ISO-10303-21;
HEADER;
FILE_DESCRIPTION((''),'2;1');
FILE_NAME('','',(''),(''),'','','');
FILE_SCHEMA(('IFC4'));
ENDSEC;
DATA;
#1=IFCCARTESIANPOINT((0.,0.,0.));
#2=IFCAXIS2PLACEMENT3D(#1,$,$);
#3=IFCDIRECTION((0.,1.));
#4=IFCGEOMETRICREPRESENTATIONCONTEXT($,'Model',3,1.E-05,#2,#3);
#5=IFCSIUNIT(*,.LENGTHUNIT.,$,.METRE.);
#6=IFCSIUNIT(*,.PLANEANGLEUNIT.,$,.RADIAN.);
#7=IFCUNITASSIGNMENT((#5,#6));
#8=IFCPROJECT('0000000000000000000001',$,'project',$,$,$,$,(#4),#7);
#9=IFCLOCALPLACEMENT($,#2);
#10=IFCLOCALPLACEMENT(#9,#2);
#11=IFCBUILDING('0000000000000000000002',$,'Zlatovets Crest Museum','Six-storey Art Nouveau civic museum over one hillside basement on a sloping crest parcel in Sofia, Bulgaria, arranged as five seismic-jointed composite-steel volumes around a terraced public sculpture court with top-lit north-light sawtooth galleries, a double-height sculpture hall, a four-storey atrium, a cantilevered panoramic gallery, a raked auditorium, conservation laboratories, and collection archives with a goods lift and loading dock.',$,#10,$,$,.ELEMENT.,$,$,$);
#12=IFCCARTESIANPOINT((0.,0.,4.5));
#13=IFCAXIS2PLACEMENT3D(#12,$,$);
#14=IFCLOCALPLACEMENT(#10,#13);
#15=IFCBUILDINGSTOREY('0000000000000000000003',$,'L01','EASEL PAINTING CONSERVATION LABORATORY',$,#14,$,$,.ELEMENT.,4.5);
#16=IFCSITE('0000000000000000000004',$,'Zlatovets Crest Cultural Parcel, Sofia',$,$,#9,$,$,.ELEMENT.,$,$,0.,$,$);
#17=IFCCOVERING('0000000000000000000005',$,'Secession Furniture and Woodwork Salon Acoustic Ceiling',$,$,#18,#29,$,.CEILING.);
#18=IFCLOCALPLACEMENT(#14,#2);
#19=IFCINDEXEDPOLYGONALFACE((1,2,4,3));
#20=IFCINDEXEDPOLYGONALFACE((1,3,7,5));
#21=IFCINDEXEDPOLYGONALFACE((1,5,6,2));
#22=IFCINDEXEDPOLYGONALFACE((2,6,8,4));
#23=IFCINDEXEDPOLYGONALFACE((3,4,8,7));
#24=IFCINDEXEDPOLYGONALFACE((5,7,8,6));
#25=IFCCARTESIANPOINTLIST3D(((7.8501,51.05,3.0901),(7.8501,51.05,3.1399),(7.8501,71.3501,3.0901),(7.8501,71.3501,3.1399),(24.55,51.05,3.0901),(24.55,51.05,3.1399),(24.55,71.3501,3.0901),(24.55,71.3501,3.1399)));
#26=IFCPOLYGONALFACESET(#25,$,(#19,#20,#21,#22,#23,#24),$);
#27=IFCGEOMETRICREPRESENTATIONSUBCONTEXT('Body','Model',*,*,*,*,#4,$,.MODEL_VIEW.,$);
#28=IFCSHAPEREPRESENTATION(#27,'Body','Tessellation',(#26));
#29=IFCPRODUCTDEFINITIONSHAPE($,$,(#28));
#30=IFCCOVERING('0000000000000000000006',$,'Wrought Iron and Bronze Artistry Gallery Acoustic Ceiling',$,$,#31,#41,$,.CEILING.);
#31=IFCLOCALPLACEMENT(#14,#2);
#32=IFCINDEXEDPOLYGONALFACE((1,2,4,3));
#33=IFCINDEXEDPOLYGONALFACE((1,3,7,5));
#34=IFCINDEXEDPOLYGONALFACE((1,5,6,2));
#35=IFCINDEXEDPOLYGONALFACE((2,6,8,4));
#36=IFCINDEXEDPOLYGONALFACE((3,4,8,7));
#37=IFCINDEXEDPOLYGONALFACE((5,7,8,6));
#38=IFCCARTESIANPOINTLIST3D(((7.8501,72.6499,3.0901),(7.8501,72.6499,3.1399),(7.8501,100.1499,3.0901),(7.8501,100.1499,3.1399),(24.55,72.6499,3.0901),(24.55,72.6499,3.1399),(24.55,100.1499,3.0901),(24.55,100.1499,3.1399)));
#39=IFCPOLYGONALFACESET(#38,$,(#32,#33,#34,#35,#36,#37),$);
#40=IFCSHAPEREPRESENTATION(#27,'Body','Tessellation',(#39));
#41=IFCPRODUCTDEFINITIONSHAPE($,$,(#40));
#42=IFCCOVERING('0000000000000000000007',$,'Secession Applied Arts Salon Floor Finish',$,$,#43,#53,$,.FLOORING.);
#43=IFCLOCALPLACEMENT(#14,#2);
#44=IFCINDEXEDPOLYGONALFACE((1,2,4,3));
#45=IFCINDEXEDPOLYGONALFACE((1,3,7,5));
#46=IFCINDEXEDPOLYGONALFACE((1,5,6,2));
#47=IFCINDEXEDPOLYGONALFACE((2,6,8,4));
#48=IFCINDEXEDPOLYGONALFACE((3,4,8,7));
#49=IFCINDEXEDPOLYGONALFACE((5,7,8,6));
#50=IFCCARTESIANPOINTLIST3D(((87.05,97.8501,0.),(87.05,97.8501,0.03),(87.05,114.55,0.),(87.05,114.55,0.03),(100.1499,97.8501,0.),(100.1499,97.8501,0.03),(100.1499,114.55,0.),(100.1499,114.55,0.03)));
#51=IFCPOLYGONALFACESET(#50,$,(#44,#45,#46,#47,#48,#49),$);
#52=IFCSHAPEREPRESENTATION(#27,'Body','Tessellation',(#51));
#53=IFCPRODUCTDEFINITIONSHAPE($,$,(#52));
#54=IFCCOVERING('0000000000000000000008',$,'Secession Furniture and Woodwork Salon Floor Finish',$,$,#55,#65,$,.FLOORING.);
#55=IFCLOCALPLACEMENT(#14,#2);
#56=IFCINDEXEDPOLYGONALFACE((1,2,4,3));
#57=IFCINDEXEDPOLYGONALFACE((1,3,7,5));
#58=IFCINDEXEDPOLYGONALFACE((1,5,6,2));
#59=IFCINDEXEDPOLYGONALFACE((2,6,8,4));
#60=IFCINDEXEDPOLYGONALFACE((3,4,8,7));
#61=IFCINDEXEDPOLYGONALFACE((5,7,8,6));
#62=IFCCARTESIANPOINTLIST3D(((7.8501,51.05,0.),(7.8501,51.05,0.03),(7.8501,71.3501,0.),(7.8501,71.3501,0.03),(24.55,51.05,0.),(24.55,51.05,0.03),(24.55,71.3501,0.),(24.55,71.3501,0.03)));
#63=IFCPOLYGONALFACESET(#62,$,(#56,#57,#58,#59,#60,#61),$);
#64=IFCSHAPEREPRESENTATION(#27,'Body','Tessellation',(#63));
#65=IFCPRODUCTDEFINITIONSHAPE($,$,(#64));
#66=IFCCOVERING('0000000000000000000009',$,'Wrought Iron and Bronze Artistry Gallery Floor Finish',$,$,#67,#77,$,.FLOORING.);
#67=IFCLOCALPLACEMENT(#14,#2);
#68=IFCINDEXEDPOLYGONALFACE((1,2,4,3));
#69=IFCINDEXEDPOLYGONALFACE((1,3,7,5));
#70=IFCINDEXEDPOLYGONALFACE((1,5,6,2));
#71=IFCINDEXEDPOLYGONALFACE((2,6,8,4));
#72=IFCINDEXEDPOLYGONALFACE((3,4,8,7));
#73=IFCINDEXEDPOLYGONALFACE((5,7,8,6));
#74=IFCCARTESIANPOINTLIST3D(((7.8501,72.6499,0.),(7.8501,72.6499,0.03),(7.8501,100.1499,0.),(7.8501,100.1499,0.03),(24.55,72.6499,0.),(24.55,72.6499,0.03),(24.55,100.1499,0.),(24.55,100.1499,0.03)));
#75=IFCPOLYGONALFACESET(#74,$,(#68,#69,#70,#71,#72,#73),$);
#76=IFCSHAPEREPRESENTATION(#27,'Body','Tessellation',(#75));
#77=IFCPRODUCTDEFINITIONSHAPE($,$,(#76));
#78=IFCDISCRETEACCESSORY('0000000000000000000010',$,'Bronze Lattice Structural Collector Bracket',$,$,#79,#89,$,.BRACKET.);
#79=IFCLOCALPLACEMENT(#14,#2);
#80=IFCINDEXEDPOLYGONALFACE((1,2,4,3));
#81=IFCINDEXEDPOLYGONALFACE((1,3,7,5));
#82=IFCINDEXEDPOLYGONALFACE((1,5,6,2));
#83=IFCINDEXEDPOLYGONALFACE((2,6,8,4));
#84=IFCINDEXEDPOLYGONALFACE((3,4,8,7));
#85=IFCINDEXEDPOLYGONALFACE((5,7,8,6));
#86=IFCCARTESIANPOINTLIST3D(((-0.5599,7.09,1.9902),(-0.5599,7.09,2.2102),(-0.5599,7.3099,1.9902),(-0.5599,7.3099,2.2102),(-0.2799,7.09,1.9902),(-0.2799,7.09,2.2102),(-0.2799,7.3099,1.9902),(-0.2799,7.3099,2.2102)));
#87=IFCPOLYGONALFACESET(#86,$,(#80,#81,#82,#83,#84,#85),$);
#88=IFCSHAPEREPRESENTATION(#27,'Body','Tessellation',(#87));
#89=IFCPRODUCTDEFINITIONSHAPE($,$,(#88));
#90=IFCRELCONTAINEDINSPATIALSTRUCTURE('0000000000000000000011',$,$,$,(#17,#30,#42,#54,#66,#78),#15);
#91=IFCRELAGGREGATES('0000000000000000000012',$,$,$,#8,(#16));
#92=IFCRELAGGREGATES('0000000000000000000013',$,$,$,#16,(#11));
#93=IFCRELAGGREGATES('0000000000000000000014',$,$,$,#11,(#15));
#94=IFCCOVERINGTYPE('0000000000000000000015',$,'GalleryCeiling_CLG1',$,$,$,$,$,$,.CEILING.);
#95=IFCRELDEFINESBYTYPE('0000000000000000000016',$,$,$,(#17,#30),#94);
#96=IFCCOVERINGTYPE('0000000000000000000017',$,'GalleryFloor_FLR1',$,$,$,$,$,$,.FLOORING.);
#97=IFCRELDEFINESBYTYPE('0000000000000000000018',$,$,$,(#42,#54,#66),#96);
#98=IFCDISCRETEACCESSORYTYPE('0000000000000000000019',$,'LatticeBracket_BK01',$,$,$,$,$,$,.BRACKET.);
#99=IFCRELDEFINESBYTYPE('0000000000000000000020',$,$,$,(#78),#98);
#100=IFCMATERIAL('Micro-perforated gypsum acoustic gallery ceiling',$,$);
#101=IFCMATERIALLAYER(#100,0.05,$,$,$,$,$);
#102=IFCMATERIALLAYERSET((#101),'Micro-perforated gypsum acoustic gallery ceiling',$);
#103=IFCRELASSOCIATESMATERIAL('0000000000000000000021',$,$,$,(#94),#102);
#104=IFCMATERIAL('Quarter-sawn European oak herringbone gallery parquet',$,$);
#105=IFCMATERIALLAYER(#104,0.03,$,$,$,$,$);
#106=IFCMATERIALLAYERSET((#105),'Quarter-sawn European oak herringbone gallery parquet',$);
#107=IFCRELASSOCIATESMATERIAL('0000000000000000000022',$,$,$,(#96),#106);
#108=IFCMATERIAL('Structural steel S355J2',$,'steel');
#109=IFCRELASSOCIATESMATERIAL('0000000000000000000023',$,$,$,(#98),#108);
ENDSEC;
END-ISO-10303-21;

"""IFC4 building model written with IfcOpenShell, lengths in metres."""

from ifc_helpers import new_model, si_unit, direction, frame, origin, origin_2d, place, context, subcontext, project, spatial, polyline, rectangle, outline, extrude, material, layer, layer_set, type_object, element, save


model = new_model("IFC4")

# Units and contexts
model_context = context("Model", 3, precision=1e-05, world=origin(), true_north=direction((0.0, 1.0)))
body_context = subcontext(model_context, "Body", "Model", "MODEL_VIEW")
ifc_project = project(units=[si_unit("LENGTHUNIT", "METRE"), si_unit("PLANEANGLEUNIT", "RADIAN")], contexts=[model_context])

# Site, building, storey
site_placement = place(None, origin())
site = spatial("IfcSite", under=ifc_project, at=site_placement, Name="Zlatovets Crest Cultural Parcel, Sofia", CompositionType="ELEMENT", RefElevation=0.0)
building_placement = place(site_placement, origin())
building = spatial("IfcBuilding", under=site, at=building_placement, Name="Zlatovets Crest Museum", Description="Six-storey Art Nouveau civic museum over one hillside basement on a sloping crest parcel in Sofia, Bulgaria, arranged as five seismic-jointed composite-steel volumes around a terraced public sculpture court with top-lit north-light sawtooth galleries, a double-height sculpture hall, a four-storey atrium, a cantilevered panoramic gallery, a raked auditorium, conservation laboratories, and collection archives with a goods lift and loading dock.", CompositionType="ELEMENT")
storey_placement = place(building_placement, frame((0.0, 0.0, 4.5)))
storey = spatial("IfcBuildingStorey", under=building, at=storey_placement, Name="L01", Description="EASEL PAINTING CONSERVATION LABORATORY", CompositionType="ELEMENT", Elevation=4.5)

# Shared definitions
ifc_material_1 = material(Name="Structural steel S355J2", Category="steel")

# Coverings
ifc_material_2 = material(Name="Micro-perforated gypsum acoustic gallery ceiling")
ifc_layer_1 = layer(ifc_material_2, 0.05)
ifc_layer_set_1 = layer_set([ifc_layer_1], Name="Micro-perforated gypsum acoustic gallery ceiling")
covering_type_1 = type_object("IfcCoveringType", Name="GalleryCeiling_CLG1", PredefinedType="CEILING", material=ifc_layer_set_1)
covering_1_placement = place(storey_placement, frame((0.0, 0.0, 3.0901)))
element("IfcCovering", 1, at=covering_1_placement, inside=storey, type_object=covering_type_1, Name="Secession Furniture and Woodwork Salon Acoustic Ceiling", PredefinedType="CEILING", context=body_context, shape_type="SweptSolid", body=[
    extrude(outline(polyline([(7.8501, 51.05), (24.55, 51.05), (24.55, 71.3501), (7.8501, 71.3501), (7.8501, 51.05)])), origin(), (0.0, 0.0, 1.0), 0.0498),
])
covering_2_placement = place(storey_placement, frame((0.0, 0.0, 3.0901)))
element("IfcCovering", 2, at=covering_2_placement, inside=storey, type_object=covering_type_1, Name="Wrought Iron and Bronze Artistry Gallery Acoustic Ceiling", PredefinedType="CEILING", context=body_context, shape_type="SweptSolid", body=[
    extrude(outline(polyline([(7.8501, 72.6499), (24.55, 72.6499), (24.55, 100.1499), (7.8501, 100.1499), (7.8501, 72.6499)])), origin(), (0.0, 0.0, 1.0), 0.0498),
])
ifc_material_3 = material(Name="Quarter-sawn European oak herringbone gallery parquet")
ifc_layer_2 = layer(ifc_material_3, 0.03)
ifc_layer_set_2 = layer_set([ifc_layer_2], Name="Quarter-sawn European oak herringbone gallery parquet")
covering_type_2 = type_object("IfcCoveringType", Name="GalleryFloor_FLR1", PredefinedType="FLOORING", material=ifc_layer_set_2)
covering_3_placement = place(storey_placement, origin())
element("IfcCovering", 3, at=covering_3_placement, inside=storey, type_object=covering_type_2, Name="Secession Applied Arts Salon Floor Finish", PredefinedType="FLOORING", context=body_context, shape_type="SweptSolid", body=[
    extrude(outline(polyline([(87.05, 97.8501), (100.1499, 97.8501), (100.1499, 114.55), (87.05, 114.55), (87.05, 97.8501)])), origin(), (0.0, 0.0, 1.0), 0.03),
])
covering_4_placement = place(storey_placement, origin())
element("IfcCovering", 4, at=covering_4_placement, inside=storey, type_object=covering_type_2, Name="Secession Furniture and Woodwork Salon Floor Finish", PredefinedType="FLOORING", context=body_context, shape_type="SweptSolid", body=[
    extrude(outline(polyline([(7.8501, 51.05), (24.55, 51.05), (24.55, 71.3501), (7.8501, 71.3501), (7.8501, 51.05)])), origin(), (0.0, 0.0, 1.0), 0.03),
])
covering_5_placement = place(storey_placement, origin())
element("IfcCovering", 5, at=covering_5_placement, inside=storey, type_object=covering_type_2, Name="Wrought Iron and Bronze Artistry Gallery Floor Finish", PredefinedType="FLOORING", context=body_context, shape_type="SweptSolid", body=[
    extrude(outline(polyline([(7.8501, 72.6499), (24.55, 72.6499), (24.55, 100.1499), (7.8501, 100.1499), (7.8501, 72.6499)])), origin(), (0.0, 0.0, 1.0), 0.03),
])

# Discrete accessory
discrete_accessory_type = type_object("IfcDiscreteAccessoryType", Name="LatticeBracket_BK01", PredefinedType="BRACKET", material=ifc_material_1)
discrete_accessory_placement = place(storey_placement, frame((-0.4199, 7.2, 1.9902), z_axis=(0.0, 0.0, 1.0), x_axis=(1.0, 0.0, 0.0)))
element("IfcDiscreteAccessory", 6, at=discrete_accessory_placement, inside=storey, type_object=discrete_accessory_type, Name="Bronze Lattice Structural Collector Bracket", PredefinedType="BRACKET", context=body_context, shape_type="SweptSolid", body=[
    extrude(rectangle(XDim=0.28, YDim=0.22, at=origin_2d()), origin(), (0.0, 0.0, 1.0), 0.22),
])

save(model, "model.ifc")
